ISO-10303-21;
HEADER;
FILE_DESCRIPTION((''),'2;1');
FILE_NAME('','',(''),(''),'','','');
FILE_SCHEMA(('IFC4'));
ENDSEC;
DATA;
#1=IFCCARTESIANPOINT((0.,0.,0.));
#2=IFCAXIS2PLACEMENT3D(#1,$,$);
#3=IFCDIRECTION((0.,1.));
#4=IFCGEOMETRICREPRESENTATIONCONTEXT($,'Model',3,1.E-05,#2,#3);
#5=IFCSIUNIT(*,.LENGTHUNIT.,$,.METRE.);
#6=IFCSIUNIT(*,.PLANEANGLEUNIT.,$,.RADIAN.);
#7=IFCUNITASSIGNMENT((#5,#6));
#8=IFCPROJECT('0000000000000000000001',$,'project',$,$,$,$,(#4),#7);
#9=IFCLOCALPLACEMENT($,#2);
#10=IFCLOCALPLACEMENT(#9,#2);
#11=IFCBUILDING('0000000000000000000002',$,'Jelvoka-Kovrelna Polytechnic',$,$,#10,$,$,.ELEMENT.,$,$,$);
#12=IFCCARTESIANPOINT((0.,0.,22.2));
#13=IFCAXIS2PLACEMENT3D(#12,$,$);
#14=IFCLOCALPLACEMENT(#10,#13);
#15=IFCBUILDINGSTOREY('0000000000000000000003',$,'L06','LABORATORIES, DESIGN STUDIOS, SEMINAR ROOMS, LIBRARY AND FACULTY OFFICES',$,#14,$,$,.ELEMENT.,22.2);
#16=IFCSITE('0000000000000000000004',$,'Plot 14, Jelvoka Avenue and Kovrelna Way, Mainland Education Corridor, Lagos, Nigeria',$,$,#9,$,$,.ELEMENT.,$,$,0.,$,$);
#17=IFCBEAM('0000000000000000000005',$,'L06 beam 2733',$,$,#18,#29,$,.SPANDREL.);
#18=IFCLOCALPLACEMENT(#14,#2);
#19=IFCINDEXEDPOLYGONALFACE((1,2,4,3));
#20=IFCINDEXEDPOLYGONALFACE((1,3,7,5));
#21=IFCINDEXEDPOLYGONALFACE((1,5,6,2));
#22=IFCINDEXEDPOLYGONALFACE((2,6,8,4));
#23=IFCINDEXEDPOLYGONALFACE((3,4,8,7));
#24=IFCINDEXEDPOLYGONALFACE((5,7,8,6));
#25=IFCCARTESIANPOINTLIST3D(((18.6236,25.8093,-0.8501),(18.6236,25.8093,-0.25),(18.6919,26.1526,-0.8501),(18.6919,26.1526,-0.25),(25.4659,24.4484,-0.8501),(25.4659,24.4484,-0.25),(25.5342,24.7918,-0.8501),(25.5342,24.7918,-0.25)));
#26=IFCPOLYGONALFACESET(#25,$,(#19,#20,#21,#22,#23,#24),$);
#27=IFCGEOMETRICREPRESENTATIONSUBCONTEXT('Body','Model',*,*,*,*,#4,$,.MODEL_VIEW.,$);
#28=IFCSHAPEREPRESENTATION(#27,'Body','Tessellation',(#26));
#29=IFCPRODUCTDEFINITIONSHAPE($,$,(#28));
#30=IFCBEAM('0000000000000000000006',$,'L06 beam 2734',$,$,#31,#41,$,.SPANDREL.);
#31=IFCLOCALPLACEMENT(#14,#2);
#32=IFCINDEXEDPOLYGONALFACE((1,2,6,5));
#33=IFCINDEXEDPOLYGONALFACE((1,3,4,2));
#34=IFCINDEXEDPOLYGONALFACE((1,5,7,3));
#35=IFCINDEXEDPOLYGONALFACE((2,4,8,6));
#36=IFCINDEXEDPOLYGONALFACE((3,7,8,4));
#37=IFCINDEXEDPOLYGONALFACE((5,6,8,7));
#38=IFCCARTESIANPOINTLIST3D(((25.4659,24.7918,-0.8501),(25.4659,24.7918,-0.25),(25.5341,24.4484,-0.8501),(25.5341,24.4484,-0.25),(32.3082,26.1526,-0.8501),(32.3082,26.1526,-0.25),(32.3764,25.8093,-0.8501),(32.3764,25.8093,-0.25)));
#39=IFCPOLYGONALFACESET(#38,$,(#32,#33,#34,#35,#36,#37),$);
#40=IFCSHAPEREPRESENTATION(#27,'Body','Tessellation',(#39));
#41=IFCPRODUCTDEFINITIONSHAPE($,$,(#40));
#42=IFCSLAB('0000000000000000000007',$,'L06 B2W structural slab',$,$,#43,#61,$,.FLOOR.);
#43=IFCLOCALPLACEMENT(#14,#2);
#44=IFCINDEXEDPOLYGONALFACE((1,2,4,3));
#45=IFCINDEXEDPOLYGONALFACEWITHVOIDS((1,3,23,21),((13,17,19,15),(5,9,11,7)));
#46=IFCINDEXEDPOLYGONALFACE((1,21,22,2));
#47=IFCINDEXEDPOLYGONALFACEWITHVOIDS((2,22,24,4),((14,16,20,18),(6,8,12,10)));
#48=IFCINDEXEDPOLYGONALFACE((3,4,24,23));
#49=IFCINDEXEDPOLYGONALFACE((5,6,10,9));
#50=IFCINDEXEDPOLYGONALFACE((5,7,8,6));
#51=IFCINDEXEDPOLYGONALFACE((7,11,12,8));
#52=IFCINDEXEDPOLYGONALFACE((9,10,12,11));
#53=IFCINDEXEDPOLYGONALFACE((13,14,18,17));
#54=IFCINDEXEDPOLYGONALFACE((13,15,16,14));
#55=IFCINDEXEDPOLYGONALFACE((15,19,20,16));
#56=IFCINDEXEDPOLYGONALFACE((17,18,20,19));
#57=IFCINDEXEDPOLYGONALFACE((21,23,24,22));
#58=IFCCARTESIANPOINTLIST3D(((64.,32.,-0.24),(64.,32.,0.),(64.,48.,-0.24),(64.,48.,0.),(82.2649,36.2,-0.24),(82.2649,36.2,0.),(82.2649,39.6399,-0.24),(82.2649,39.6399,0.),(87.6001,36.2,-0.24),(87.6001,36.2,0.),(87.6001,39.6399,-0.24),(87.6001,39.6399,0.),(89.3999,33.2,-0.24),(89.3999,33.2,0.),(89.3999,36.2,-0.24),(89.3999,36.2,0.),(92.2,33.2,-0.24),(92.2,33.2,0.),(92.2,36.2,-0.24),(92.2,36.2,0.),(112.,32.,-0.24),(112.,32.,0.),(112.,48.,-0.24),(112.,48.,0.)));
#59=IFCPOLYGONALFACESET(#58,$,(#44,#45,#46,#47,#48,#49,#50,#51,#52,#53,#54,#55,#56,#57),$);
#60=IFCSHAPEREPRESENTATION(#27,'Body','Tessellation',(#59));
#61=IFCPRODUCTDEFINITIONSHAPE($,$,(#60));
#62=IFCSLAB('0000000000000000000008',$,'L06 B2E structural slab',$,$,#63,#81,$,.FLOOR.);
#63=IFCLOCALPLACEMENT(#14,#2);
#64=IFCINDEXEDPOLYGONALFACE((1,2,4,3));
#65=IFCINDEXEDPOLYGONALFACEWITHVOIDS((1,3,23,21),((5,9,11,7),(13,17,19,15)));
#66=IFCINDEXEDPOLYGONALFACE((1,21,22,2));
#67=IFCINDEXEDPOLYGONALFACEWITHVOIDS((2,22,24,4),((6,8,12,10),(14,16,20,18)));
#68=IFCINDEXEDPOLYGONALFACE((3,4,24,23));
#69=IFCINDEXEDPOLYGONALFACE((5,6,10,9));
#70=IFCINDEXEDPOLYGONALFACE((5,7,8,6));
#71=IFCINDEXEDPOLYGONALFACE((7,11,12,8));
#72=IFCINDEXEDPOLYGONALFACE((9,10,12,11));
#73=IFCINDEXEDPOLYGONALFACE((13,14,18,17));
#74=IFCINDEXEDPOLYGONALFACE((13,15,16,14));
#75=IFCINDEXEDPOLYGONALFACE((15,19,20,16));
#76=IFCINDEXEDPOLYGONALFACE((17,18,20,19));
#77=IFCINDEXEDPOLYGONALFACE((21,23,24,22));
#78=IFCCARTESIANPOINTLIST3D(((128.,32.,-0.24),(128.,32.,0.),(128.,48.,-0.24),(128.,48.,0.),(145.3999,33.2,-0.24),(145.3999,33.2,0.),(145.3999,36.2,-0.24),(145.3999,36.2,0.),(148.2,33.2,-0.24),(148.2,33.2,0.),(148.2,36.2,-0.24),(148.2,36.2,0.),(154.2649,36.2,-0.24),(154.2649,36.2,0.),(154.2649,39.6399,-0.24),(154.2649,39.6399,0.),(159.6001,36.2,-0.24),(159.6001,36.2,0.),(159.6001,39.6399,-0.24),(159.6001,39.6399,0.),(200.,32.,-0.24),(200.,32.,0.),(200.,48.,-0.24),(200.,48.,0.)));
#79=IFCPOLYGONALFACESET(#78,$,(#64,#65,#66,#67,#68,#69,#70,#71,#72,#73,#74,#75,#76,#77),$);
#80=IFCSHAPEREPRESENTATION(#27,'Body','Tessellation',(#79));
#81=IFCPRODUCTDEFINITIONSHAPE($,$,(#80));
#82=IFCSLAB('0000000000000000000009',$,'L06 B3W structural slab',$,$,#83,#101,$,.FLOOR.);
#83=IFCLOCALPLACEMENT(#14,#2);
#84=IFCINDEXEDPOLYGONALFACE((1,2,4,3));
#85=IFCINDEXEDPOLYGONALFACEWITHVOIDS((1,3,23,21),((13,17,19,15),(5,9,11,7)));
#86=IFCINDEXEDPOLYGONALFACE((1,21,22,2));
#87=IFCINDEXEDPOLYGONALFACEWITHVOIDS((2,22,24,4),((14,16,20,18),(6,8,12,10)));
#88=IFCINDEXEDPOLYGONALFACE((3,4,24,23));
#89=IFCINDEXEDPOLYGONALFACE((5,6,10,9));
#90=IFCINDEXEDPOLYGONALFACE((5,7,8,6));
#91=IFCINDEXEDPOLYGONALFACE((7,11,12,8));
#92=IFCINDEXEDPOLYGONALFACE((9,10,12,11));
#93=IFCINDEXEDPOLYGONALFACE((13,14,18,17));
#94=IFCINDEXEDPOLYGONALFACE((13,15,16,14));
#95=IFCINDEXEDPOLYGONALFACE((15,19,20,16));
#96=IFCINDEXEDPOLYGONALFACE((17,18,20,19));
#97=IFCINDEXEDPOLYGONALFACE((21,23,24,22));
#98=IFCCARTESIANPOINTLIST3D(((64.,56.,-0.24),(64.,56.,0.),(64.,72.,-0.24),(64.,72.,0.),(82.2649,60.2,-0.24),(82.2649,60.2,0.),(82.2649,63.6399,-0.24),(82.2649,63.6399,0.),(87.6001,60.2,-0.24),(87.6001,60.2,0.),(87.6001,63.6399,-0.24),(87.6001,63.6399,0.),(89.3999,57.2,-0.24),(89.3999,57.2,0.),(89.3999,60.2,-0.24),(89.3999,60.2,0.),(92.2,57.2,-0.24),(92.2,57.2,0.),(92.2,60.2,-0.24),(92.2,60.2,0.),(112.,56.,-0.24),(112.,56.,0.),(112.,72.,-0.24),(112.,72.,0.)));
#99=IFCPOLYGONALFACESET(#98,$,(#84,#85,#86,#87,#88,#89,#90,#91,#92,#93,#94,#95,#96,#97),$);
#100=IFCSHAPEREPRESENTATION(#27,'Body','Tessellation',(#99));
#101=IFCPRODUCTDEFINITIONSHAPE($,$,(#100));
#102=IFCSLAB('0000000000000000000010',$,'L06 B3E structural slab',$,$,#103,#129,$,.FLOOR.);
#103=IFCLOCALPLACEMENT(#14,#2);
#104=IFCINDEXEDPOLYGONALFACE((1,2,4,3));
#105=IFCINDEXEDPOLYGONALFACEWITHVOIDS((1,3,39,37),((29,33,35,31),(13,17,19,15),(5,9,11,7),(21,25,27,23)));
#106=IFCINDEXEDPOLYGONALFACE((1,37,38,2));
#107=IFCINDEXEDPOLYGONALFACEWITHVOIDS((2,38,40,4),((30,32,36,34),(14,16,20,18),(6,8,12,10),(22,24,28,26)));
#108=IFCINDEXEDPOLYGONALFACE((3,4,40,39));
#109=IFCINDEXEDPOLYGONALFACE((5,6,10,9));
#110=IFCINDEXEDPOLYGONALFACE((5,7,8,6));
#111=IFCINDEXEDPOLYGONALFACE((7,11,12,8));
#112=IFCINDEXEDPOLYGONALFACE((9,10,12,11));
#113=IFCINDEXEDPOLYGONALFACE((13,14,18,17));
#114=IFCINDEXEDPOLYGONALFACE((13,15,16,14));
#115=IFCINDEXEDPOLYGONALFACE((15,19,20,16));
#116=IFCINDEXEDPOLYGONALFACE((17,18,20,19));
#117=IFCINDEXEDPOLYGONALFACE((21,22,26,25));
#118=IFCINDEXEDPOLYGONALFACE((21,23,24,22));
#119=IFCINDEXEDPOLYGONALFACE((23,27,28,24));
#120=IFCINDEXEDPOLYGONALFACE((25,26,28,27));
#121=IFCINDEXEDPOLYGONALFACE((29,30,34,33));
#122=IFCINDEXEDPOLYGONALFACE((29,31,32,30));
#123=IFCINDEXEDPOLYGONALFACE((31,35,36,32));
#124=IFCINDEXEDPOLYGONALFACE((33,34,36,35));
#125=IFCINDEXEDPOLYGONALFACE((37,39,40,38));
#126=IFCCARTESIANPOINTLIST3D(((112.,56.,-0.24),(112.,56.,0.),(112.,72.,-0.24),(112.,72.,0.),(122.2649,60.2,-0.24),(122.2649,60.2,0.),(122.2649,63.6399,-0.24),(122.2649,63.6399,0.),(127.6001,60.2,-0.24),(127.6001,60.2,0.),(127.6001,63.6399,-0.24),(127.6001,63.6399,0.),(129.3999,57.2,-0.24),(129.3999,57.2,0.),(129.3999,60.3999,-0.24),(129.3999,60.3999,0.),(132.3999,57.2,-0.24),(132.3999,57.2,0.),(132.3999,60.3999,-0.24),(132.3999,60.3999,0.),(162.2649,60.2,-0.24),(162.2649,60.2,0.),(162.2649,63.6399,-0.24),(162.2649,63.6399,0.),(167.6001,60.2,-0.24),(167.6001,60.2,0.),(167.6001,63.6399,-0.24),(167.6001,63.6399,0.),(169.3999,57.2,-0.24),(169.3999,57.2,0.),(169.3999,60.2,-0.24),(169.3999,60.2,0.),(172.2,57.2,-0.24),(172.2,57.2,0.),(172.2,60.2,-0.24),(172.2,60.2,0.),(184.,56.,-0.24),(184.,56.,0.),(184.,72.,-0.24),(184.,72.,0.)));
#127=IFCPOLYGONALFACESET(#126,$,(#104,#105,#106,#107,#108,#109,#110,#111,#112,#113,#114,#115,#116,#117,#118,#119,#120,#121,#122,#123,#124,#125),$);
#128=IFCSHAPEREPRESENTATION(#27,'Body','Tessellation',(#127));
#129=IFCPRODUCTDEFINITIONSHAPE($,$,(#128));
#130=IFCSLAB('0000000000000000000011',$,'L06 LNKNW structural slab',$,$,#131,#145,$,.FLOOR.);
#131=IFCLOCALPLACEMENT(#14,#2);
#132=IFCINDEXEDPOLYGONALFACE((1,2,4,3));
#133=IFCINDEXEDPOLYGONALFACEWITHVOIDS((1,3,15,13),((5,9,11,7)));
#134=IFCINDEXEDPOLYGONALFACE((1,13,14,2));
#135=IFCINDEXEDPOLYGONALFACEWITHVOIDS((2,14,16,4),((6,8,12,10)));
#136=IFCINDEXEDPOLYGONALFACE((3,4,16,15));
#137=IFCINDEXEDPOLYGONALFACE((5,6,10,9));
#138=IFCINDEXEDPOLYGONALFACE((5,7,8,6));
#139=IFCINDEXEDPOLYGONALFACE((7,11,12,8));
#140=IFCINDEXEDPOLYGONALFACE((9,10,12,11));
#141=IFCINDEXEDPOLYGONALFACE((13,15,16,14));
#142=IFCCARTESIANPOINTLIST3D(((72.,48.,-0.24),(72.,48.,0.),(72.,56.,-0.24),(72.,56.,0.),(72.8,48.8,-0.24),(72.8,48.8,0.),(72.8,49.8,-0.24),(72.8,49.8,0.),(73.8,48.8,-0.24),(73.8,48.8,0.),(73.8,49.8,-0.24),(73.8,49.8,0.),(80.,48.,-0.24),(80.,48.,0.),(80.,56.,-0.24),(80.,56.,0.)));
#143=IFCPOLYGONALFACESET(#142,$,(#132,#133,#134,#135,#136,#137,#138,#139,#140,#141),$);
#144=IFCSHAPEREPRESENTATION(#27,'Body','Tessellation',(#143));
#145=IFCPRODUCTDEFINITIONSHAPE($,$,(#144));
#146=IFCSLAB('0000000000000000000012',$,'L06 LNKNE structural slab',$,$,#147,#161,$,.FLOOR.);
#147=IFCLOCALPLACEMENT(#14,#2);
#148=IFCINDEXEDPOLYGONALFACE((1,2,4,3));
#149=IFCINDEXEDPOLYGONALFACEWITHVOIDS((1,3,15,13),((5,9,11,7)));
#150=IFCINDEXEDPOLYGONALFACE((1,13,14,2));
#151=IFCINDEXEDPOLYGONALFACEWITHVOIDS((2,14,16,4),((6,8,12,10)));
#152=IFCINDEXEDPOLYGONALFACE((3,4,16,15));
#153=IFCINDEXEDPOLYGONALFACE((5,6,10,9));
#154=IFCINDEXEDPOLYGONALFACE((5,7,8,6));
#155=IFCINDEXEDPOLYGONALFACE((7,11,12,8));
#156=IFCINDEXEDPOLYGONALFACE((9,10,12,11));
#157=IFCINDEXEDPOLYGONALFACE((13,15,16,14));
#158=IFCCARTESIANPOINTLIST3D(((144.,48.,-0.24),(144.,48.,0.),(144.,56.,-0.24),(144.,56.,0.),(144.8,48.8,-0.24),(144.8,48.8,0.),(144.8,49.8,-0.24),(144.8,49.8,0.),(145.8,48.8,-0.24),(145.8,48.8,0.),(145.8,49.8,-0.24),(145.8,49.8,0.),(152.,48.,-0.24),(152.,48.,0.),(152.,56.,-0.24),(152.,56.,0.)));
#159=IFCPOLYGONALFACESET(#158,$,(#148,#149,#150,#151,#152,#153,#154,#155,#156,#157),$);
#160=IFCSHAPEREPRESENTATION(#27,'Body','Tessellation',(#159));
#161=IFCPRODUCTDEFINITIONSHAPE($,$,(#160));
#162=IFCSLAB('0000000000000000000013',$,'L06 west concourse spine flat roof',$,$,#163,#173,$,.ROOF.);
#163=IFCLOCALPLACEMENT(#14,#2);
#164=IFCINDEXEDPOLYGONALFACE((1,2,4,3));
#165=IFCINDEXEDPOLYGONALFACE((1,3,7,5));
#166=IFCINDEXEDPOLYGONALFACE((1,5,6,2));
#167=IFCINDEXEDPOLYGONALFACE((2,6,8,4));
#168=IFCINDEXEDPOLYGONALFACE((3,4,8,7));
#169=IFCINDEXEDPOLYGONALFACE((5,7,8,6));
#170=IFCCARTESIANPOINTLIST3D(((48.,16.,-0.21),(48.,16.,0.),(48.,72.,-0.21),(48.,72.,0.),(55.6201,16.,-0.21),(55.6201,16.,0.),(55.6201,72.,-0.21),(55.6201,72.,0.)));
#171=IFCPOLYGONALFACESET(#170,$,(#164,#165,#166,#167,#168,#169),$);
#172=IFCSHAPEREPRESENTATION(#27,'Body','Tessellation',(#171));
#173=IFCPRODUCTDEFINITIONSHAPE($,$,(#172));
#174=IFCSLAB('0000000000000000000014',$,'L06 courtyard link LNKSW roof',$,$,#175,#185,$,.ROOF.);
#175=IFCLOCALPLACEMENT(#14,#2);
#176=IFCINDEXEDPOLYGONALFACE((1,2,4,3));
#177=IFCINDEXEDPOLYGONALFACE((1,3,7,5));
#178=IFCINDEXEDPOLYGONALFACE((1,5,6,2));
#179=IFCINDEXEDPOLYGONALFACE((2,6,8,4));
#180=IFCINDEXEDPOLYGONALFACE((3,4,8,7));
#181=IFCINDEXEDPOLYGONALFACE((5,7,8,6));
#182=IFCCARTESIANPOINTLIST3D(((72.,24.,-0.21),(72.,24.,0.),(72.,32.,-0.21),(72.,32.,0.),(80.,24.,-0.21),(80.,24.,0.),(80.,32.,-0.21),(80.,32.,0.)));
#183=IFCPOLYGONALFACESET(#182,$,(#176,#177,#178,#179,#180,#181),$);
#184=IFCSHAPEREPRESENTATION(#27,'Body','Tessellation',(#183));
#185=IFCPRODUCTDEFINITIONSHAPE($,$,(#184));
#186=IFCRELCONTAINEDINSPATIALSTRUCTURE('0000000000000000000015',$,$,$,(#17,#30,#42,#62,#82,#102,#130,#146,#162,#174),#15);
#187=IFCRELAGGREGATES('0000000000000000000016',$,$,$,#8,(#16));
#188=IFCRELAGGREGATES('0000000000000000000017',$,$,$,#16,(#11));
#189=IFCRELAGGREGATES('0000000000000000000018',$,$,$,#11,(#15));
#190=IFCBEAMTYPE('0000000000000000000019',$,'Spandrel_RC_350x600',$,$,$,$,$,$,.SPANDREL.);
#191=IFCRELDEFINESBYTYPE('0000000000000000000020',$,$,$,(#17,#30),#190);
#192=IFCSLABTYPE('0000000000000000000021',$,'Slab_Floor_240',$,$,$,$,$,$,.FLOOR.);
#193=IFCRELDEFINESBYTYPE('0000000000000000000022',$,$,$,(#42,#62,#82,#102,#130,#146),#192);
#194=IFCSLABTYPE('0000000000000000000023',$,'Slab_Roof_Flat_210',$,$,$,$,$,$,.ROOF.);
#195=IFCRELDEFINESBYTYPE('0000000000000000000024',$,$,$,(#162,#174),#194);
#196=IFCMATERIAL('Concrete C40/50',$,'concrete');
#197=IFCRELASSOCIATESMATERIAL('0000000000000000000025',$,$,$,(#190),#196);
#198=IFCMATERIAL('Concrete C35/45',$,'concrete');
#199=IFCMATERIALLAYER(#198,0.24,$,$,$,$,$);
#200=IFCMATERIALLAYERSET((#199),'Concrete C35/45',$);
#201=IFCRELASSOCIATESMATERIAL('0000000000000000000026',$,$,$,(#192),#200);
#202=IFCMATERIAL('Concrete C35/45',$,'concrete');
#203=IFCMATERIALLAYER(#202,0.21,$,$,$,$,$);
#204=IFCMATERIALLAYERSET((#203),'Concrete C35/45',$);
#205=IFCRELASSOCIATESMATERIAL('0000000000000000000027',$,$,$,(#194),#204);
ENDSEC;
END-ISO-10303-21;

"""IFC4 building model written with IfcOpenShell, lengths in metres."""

from ifc_helpers import new_model, si_unit, direction, frame, origin, origin_2d, place, context, subcontext, project, spatial, polyline, rectangle, outline, extrude, material, layer, layer_set, material_profile, profile_set, type_object, element, save


model = new_model("IFC4")

# Units and contexts
model_context = context("Model", 3, precision=1e-05, world=origin(), true_north=direction((0.0, 1.0)))
body_context = subcontext(model_context, "Body", "Model", "MODEL_VIEW")
ifc_project = project(units=[si_unit("LENGTHUNIT", "METRE"), si_unit("PLANEANGLEUNIT", "RADIAN")], contexts=[model_context])

# Site, building, storey
site_placement = place(None, origin())
site = spatial("IfcSite", under=ifc_project, at=site_placement, Name="Plot 14, Jelvoka Avenue and Kovrelna Way, Mainland Education Corridor, Lagos, Nigeria", CompositionType="ELEMENT", RefElevation=0.0)
building_placement = place(site_placement, origin())
building = spatial("IfcBuilding", under=site, at=building_placement, Name="Jelvoka-Kovrelna Polytechnic", CompositionType="ELEMENT")
storey_placement = place(building_placement, frame((0.0, 0.0, 22.2)))
storey = spatial("IfcBuildingStorey", under=building, at=storey_placement, Name="L06", Description="LABORATORIES, DESIGN STUDIOS, SEMINAR ROOMS, LIBRARY AND FACULTY OFFICES", CompositionType="ELEMENT", Elevation=22.2)

# Beams
ifc_material_1 = material(Name="Concrete C40/50", Category="concrete")
ifc_material_profile = material_profile(ifc_material_1, rectangle(XDim=0.3501, YDim=0.6001, at=origin_2d()), Name="RC 350x600")
ifc_profile_set = profile_set([ifc_material_profile], Name="Concrete C40/50")
beam_type = type_object("IfcBeamType", Name="Spandrel_RC_350x600", PredefinedType="SPANDREL", material=ifc_profile_set)
for number, where, z_axis, x_axis, name in (
    (1, (18.6577, 25.981, -0.55), (0.98079, -0.195066, 0.0), (0.195066, 0.98079, 0.0), "L06 beam 2733"),
    (2, (25.5, 24.6201, -0.55), (0.98079, 0.195066, 0.0), (-0.195066, 0.98079, 0.0), "L06 beam 2734"),
):
    element("IfcBeam", number, at=place(storey_placement, frame(where, z_axis=z_axis, x_axis=x_axis)), inside=storey, type_object=beam_type, Name=name, PredefinedType="SPANDREL", context=body_context, shape_type="SweptSolid", body=[
        extrude(rectangle(XDim=0.3501, YDim=0.6001, at=origin_2d()), origin(), (0.0, 0.0, 1.0), 6.9763),
    ])

# Slabs
ifc_material_2 = material(Name="Concrete C35/45", Category="concrete")
ifc_layer_1 = layer(ifc_material_2, 0.24)
ifc_layer_set_1 = layer_set([ifc_layer_1], Name="Concrete C35/45")
slab_type_1 = type_object("IfcSlabType", Name="Slab_Floor_240", PredefinedType="FLOOR", material=ifc_layer_set_1)
slab_1_placement = place(storey_placement, frame((0.0, 0.0, -0.24)))
element("IfcSlab", 3, at=slab_1_placement, inside=storey, type_object=slab_type_1, Name="L06 B2W structural slab", PredefinedType="FLOOR", context=body_context, shape_type="SweptSolid", body=[
    extrude(outline(polyline([(64.0, 32.0), (112.0, 32.0), (112.0, 48.0), (64.0, 48.0), (64.0, 32.0)]), holes=[polyline([(89.3999, 33.2), (92.2, 33.2), (92.2, 36.2), (89.3999, 36.2), (89.3999, 33.2)]), polyline([(82.2649, 36.2), (87.6001, 36.2), (87.6001, 39.6399), (82.2649, 39.6399), (82.2649, 36.2)])]), origin(), (0.0, 0.0, 1.0), 0.24),
])
slab_2_placement = place(storey_placement, frame((0.0, 0.0, -0.24)))
element("IfcSlab", 4, at=slab_2_placement, inside=storey, type_object=slab_type_1, Name="L06 B2E structural slab", PredefinedType="FLOOR", context=body_context, shape_type="SweptSolid", body=[
    extrude(outline(polyline([(128.0, 32.0), (200.0, 32.0), (200.0, 48.0), (128.0, 48.0), (128.0, 32.0)]), holes=[polyline([(145.3999, 33.2), (148.2, 33.2), (148.2, 36.2), (145.3999, 36.2), (145.3999, 33.2)]), polyline([(154.2649, 36.2), (159.6001, 36.2), (159.6001, 39.6399), (154.2649, 39.6399), (154.2649, 36.2)])]), origin(), (0.0, 0.0, 1.0), 0.24),
])
slab_3_placement = place(storey_placement, frame((0.0, 0.0, -0.24)))
element("IfcSlab", 5, at=slab_3_placement, inside=storey, type_object=slab_type_1, Name="L06 B3W structural slab", PredefinedType="FLOOR", context=body_context, shape_type="SweptSolid", body=[
    extrude(outline(polyline([(64.0, 56.0), (112.0, 56.0), (112.0, 72.0), (64.0, 72.0), (64.0, 56.0)]), holes=[polyline([(89.3999, 57.2), (92.2, 57.2), (92.2, 60.2), (89.3999, 60.2), (89.3999, 57.2)]), polyline([(82.2649, 60.2), (87.6001, 60.2), (87.6001, 63.6399), (82.2649, 63.6399), (82.2649, 60.2)])]), origin(), (0.0, 0.0, 1.0), 0.24),
])
slab_4_placement = place(storey_placement, frame((0.0, 0.0, -0.24)))
element("IfcSlab", 6, at=slab_4_placement, inside=storey, type_object=slab_type_1, Name="L06 B3E structural slab", PredefinedType="FLOOR", context=body_context, shape_type="SweptSolid", body=[
    extrude(outline(polyline([(112.0, 56.0), (184.0, 56.0), (184.0, 72.0), (112.0, 72.0), (112.0, 56.0)]), holes=[polyline([(169.3999, 57.2), (172.2, 57.2), (172.2, 60.2), (169.3999, 60.2), (169.3999, 57.2)]), polyline([(129.3999, 57.2), (132.3999, 57.2), (132.3999, 60.3999), (129.3999, 60.3999), (129.3999, 57.2)]), polyline([(162.2649, 60.2), (167.6001, 60.2), (167.6001, 63.6399), (162.2649, 63.6399), (162.2649, 60.2)]), polyline([(122.2649, 60.2), (127.6001, 60.2), (127.6001, 63.6399), (122.2649, 63.6399), (122.2649, 60.2)])]), origin(), (0.0, 0.0, 1.0), 0.24),
])
slab_5_placement = place(storey_placement, frame((0.0, 0.0, -0.24)))
element("IfcSlab", 7, at=slab_5_placement, inside=storey, type_object=slab_type_1, Name="L06 LNKNW structural slab", PredefinedType="FLOOR", context=body_context, shape_type="SweptSolid", body=[
    extrude(outline(polyline([(72.0, 48.0), (80.0, 48.0), (80.0, 56.0), (72.0, 56.0), (72.0, 48.0)]), holes=[polyline([(72.8, 48.8), (73.8, 48.8), (73.8, 49.8), (72.8, 49.8), (72.8, 48.8)])]), origin(), (0.0, 0.0, 1.0), 0.24),
])
slab_6_placement = place(storey_placement, frame((0.0, 0.0, -0.24)))
element("IfcSlab", 8, at=slab_6_placement, inside=storey, type_object=slab_type_1, Name="L06 LNKNE structural slab", PredefinedType="FLOOR", context=body_context, shape_type="SweptSolid", body=[
    extrude(outline(polyline([(144.0, 48.0), (152.0, 48.0), (152.0, 56.0), (144.0, 56.0), (144.0, 48.0)]), holes=[polyline([(144.8, 48.8), (145.8, 48.8), (145.8, 49.8), (144.8, 49.8), (144.8, 48.8)])]), origin(), (0.0, 0.0, 1.0), 0.24),
])
ifc_material_3 = material(Name="Concrete C35/45", Category="concrete")
ifc_layer_2 = layer(ifc_material_3, 0.21)
ifc_layer_set_2 = layer_set([ifc_layer_2], Name="Concrete C35/45")
slab_type_2 = type_object("IfcSlabType", Name="Slab_Roof_Flat_210", PredefinedType="ROOF", material=ifc_layer_set_2)
slab_7_placement = place(storey_placement, frame((0.0, 0.0, -0.21)))
element("IfcSlab", 9, at=slab_7_placement, inside=storey, type_object=slab_type_2, Name="L06 west concourse spine flat roof", PredefinedType="ROOF", context=body_context, shape_type="SweptSolid", body=[
    extrude(outline(polyline([(48.0, 16.0), (55.6201, 16.0), (55.6201, 72.0), (48.0, 72.0), (48.0, 16.0)])), origin(), (0.0, 0.0, 1.0), 0.21),
])
slab_8_placement = place(storey_placement, frame((0.0, 0.0, -0.21)))
element("IfcSlab", 10, at=slab_8_placement, inside=storey, type_object=slab_type_2, Name="L06 courtyard link LNKSW roof", PredefinedType="ROOF", context=body_context, shape_type="SweptSolid", body=[
    extrude(outline(polyline([(72.0, 24.0), (80.0, 24.0), (80.0, 32.0), (72.0, 32.0), (72.0, 24.0)])), origin(), (0.0, 0.0, 1.0), 0.21),
])

save(model, "model.ifc")
